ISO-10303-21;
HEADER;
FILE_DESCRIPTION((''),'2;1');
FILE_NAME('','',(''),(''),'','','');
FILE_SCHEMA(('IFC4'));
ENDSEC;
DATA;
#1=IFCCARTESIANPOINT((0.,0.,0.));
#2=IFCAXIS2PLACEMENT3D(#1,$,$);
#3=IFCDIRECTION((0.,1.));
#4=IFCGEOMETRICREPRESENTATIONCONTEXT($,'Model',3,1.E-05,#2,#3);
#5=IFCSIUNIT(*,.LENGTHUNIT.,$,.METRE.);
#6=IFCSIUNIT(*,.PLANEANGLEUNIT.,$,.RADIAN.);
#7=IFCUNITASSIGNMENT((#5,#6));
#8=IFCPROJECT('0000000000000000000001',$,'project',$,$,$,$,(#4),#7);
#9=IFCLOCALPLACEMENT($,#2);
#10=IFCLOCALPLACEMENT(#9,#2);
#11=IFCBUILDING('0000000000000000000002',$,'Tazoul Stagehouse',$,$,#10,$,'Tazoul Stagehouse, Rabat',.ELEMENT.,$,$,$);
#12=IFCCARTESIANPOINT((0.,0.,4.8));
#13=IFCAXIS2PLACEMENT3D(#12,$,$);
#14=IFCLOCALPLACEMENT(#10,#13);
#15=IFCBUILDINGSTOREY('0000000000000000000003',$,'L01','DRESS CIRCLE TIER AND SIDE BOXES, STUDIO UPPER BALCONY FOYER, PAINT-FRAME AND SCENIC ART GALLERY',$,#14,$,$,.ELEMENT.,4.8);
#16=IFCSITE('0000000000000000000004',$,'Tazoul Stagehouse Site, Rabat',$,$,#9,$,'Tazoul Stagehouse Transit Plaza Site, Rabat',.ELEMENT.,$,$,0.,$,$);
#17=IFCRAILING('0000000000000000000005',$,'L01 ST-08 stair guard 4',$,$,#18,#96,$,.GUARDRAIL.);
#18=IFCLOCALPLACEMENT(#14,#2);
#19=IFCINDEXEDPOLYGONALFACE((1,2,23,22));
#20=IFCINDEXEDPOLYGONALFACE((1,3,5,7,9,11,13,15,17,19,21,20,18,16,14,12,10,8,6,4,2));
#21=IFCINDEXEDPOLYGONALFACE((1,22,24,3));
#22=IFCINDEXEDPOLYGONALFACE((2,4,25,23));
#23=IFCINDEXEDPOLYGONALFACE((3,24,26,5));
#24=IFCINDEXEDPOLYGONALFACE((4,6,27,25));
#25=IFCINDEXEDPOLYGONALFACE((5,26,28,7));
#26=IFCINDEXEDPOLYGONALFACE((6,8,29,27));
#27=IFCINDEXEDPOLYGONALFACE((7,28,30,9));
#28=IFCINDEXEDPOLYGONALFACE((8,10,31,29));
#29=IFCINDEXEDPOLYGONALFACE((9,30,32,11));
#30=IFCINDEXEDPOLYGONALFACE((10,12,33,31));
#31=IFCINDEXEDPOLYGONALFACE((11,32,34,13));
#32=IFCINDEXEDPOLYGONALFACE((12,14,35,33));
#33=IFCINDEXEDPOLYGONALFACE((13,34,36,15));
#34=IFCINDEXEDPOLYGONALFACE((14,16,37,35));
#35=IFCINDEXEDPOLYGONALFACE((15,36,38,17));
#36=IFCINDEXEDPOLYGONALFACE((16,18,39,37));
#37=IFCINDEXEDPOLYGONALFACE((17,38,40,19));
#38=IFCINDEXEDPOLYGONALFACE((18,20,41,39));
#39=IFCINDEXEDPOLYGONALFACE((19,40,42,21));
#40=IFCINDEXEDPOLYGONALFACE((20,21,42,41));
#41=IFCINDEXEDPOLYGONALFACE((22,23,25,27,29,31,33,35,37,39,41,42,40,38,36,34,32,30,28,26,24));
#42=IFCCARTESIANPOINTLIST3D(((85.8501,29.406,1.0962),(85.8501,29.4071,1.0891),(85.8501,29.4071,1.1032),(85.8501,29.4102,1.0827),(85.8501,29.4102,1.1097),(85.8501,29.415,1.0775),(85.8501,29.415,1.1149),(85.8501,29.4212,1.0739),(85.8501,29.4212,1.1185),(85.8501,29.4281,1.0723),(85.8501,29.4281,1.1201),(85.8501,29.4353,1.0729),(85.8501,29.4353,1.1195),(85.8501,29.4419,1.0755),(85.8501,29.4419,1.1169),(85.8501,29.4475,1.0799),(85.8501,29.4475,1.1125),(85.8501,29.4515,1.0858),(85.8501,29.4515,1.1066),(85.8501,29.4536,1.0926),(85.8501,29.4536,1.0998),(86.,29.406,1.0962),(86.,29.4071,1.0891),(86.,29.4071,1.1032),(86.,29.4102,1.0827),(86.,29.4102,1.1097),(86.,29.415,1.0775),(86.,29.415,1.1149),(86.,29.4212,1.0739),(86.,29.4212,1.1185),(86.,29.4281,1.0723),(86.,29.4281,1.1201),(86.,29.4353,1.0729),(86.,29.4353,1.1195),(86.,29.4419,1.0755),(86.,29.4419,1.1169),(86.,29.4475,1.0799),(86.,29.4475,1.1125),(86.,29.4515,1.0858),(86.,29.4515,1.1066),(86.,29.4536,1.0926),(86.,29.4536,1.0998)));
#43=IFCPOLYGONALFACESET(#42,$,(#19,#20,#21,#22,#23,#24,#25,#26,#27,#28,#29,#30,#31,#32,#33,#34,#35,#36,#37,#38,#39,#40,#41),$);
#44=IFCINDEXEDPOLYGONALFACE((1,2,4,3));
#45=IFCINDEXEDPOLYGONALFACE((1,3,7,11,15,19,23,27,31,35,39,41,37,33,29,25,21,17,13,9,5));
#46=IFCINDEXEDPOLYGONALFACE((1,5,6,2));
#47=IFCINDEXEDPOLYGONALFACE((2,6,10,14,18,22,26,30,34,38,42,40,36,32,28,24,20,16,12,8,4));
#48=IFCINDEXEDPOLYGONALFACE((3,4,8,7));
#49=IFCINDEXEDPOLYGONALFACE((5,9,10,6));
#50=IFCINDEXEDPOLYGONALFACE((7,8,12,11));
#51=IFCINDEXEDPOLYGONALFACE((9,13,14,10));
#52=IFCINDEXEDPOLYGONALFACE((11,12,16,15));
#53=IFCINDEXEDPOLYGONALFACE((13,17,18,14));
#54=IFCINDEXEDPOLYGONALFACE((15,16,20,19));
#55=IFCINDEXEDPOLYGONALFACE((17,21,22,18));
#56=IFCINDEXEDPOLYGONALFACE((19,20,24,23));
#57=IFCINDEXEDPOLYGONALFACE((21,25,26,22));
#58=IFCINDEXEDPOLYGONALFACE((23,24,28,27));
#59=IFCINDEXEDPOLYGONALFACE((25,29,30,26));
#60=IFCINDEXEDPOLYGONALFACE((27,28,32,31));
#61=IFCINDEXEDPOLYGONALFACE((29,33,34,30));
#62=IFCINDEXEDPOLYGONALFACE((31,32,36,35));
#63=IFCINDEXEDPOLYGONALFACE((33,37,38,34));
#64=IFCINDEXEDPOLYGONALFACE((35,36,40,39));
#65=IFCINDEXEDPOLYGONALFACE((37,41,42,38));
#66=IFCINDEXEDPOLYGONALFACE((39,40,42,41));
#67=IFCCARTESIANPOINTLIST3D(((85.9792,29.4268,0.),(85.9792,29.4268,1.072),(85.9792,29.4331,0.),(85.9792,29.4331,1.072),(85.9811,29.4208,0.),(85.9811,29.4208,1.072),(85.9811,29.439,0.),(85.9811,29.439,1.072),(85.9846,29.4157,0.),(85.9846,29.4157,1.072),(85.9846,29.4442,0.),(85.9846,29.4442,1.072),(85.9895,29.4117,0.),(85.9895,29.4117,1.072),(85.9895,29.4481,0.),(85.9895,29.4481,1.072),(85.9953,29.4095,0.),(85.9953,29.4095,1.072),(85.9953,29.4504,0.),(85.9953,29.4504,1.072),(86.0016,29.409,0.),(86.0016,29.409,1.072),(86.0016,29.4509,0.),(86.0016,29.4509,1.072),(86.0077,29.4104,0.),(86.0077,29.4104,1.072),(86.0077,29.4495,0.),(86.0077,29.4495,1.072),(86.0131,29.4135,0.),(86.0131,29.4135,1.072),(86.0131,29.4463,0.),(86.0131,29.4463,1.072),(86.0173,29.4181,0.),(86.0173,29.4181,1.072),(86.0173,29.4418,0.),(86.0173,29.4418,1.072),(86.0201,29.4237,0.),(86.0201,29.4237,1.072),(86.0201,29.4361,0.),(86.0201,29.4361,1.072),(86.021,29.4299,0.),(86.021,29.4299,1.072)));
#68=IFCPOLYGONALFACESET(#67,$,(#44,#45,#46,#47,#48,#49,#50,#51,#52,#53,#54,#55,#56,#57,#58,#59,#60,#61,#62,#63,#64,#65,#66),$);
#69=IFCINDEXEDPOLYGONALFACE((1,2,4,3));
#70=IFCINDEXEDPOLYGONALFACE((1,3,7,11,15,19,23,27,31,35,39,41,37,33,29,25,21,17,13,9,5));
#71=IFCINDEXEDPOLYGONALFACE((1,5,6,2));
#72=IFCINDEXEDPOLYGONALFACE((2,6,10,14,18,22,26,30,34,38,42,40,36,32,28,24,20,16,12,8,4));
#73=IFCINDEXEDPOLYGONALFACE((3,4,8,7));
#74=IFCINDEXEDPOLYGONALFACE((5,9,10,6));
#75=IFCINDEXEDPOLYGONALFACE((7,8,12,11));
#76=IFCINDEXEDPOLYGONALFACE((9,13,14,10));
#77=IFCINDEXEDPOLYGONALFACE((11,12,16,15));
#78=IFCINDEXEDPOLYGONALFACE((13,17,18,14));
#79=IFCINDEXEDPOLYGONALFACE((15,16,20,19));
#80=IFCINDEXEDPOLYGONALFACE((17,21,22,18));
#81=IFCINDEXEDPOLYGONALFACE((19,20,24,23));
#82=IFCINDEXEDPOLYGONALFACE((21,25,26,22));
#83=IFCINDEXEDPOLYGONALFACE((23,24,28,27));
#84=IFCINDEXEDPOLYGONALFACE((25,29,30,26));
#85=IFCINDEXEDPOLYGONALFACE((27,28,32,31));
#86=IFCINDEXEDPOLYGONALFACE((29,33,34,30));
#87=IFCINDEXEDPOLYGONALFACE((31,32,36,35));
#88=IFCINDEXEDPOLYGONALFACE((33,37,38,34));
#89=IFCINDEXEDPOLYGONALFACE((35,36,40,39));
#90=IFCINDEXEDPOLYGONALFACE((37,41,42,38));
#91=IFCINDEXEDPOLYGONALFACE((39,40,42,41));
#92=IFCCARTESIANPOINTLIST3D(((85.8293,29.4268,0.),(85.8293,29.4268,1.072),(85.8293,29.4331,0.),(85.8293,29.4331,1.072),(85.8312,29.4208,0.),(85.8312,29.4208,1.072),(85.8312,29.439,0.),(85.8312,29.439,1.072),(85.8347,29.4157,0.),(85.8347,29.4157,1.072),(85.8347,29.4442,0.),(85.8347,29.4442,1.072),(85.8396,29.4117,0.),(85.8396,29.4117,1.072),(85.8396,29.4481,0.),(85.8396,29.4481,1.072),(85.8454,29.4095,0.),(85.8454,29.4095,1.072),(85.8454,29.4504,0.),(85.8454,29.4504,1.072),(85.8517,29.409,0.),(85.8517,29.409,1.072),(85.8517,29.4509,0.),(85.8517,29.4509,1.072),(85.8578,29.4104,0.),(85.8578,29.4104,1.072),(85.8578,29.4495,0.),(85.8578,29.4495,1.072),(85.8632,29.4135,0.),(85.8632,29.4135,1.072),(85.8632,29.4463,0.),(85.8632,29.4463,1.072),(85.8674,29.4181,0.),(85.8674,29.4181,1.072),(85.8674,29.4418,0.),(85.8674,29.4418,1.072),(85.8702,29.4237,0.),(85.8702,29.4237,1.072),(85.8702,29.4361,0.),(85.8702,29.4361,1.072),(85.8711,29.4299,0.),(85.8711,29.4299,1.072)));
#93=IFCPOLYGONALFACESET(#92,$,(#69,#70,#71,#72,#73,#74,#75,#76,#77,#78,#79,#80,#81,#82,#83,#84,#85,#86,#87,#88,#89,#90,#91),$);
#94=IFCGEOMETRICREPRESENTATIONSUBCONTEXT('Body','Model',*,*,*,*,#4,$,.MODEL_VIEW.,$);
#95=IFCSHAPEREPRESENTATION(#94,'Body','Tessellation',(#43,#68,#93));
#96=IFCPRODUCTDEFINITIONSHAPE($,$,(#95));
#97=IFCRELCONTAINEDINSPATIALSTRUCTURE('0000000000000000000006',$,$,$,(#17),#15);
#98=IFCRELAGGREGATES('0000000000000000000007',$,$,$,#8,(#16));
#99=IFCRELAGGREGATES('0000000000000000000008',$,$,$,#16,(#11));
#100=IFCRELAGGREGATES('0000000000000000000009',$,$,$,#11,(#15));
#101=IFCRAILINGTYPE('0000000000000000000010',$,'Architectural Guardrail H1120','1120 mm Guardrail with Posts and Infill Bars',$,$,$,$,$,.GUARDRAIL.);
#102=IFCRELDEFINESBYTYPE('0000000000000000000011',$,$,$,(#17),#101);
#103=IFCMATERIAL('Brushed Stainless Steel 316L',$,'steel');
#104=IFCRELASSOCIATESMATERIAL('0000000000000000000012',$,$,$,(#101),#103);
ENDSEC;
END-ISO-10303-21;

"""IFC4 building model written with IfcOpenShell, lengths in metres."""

from ifc_helpers import new_model, si_unit, direction, frame, origin, origin_2d, place, context, subcontext, project, spatial, circle, extrude, material, material_profile, profile_set, type_object, element, save


model = new_model("IFC4")

# Units and contexts
model_context = context("Model", 3, precision=1e-05, world=origin(), true_north=direction((0.0, 1.0)))
body_context = subcontext(model_context, "Body", "Model", "MODEL_VIEW")
ifc_project = project(units=[si_unit("LENGTHUNIT", "METRE"), si_unit("PLANEANGLEUNIT", "RADIAN")], contexts=[model_context])

# Site, building, storey
site_placement = place(None, origin())
site = spatial("IfcSite", under=ifc_project, at=site_placement, Name="Tazoul Stagehouse Site, Rabat", LongName="Tazoul Stagehouse Transit Plaza Site, Rabat", CompositionType="ELEMENT", RefElevation=0.0)
building_placement = place(site_placement, origin())
building = spatial("IfcBuilding", under=site, at=building_placement, Name="Tazoul Stagehouse", LongName="Tazoul Stagehouse, Rabat", CompositionType="ELEMENT")
storey_placement = place(building_placement, frame((0.0, 0.0, 4.8)))
storey = spatial("IfcBuildingStorey", under=building, at=storey_placement, Name="L01", Description="DRESS CIRCLE TIER AND SIDE BOXES, STUDIO UPPER BALCONY FOYER, PAINT-FRAME AND SCENIC ART GALLERY", CompositionType="ELEMENT", Elevation=4.8)

# Railing
ifc_material_1 = material(Name="Brushed Stainless Steel 316L", Category="steel")
ifc_material_profile_1 = material_profile(ifc_material_1, circle(Radius=0.0239, at=origin_2d()), Name="SS RAIL D48")
ifc_profile_set_1 = profile_set([ifc_material_profile_1], Name="Brushed Stainless Steel 316L")
railing_type_1 = type_object("IfcRailingType", Name="Architectural Guardrail H1120", Description="1120 mm Guardrail with Posts and Infill Bars", PredefinedType="GUARDRAIL", material=ifc_profile_set_1)
railing_1_placement = place(storey_placement, frame((86.0, 29.4299, 0.0)))
element("IfcRailing", 1, at=railing_1_placement, inside=storey, type_object=railing_type_1, Name="L01 ST-08 stair guard 4", PredefinedType="GUARDRAIL", context=body_context, shape_type="SweptSolid", body=[
    extrude(circle(Radius=0.0239, at=origin_2d()), frame((0.0, 0.0, 1.0962), z_axis=(-1.0, 0.0, 0.0), x_axis=(0.0, -1.0, 0.0)), (0.0, 0.0, 1.0), 0.1499),
    extrude(circle(Radius=0.021, at=origin_2d()), origin(), (0.0, 0.0, 1.0), 1.072),
    extrude(circle(Radius=0.021, at=origin_2d()), frame((-0.1499, 0.0, 0.0)), (0.0, 0.0, 1.0), 1.072),
])

save(model, "model.ifc")
